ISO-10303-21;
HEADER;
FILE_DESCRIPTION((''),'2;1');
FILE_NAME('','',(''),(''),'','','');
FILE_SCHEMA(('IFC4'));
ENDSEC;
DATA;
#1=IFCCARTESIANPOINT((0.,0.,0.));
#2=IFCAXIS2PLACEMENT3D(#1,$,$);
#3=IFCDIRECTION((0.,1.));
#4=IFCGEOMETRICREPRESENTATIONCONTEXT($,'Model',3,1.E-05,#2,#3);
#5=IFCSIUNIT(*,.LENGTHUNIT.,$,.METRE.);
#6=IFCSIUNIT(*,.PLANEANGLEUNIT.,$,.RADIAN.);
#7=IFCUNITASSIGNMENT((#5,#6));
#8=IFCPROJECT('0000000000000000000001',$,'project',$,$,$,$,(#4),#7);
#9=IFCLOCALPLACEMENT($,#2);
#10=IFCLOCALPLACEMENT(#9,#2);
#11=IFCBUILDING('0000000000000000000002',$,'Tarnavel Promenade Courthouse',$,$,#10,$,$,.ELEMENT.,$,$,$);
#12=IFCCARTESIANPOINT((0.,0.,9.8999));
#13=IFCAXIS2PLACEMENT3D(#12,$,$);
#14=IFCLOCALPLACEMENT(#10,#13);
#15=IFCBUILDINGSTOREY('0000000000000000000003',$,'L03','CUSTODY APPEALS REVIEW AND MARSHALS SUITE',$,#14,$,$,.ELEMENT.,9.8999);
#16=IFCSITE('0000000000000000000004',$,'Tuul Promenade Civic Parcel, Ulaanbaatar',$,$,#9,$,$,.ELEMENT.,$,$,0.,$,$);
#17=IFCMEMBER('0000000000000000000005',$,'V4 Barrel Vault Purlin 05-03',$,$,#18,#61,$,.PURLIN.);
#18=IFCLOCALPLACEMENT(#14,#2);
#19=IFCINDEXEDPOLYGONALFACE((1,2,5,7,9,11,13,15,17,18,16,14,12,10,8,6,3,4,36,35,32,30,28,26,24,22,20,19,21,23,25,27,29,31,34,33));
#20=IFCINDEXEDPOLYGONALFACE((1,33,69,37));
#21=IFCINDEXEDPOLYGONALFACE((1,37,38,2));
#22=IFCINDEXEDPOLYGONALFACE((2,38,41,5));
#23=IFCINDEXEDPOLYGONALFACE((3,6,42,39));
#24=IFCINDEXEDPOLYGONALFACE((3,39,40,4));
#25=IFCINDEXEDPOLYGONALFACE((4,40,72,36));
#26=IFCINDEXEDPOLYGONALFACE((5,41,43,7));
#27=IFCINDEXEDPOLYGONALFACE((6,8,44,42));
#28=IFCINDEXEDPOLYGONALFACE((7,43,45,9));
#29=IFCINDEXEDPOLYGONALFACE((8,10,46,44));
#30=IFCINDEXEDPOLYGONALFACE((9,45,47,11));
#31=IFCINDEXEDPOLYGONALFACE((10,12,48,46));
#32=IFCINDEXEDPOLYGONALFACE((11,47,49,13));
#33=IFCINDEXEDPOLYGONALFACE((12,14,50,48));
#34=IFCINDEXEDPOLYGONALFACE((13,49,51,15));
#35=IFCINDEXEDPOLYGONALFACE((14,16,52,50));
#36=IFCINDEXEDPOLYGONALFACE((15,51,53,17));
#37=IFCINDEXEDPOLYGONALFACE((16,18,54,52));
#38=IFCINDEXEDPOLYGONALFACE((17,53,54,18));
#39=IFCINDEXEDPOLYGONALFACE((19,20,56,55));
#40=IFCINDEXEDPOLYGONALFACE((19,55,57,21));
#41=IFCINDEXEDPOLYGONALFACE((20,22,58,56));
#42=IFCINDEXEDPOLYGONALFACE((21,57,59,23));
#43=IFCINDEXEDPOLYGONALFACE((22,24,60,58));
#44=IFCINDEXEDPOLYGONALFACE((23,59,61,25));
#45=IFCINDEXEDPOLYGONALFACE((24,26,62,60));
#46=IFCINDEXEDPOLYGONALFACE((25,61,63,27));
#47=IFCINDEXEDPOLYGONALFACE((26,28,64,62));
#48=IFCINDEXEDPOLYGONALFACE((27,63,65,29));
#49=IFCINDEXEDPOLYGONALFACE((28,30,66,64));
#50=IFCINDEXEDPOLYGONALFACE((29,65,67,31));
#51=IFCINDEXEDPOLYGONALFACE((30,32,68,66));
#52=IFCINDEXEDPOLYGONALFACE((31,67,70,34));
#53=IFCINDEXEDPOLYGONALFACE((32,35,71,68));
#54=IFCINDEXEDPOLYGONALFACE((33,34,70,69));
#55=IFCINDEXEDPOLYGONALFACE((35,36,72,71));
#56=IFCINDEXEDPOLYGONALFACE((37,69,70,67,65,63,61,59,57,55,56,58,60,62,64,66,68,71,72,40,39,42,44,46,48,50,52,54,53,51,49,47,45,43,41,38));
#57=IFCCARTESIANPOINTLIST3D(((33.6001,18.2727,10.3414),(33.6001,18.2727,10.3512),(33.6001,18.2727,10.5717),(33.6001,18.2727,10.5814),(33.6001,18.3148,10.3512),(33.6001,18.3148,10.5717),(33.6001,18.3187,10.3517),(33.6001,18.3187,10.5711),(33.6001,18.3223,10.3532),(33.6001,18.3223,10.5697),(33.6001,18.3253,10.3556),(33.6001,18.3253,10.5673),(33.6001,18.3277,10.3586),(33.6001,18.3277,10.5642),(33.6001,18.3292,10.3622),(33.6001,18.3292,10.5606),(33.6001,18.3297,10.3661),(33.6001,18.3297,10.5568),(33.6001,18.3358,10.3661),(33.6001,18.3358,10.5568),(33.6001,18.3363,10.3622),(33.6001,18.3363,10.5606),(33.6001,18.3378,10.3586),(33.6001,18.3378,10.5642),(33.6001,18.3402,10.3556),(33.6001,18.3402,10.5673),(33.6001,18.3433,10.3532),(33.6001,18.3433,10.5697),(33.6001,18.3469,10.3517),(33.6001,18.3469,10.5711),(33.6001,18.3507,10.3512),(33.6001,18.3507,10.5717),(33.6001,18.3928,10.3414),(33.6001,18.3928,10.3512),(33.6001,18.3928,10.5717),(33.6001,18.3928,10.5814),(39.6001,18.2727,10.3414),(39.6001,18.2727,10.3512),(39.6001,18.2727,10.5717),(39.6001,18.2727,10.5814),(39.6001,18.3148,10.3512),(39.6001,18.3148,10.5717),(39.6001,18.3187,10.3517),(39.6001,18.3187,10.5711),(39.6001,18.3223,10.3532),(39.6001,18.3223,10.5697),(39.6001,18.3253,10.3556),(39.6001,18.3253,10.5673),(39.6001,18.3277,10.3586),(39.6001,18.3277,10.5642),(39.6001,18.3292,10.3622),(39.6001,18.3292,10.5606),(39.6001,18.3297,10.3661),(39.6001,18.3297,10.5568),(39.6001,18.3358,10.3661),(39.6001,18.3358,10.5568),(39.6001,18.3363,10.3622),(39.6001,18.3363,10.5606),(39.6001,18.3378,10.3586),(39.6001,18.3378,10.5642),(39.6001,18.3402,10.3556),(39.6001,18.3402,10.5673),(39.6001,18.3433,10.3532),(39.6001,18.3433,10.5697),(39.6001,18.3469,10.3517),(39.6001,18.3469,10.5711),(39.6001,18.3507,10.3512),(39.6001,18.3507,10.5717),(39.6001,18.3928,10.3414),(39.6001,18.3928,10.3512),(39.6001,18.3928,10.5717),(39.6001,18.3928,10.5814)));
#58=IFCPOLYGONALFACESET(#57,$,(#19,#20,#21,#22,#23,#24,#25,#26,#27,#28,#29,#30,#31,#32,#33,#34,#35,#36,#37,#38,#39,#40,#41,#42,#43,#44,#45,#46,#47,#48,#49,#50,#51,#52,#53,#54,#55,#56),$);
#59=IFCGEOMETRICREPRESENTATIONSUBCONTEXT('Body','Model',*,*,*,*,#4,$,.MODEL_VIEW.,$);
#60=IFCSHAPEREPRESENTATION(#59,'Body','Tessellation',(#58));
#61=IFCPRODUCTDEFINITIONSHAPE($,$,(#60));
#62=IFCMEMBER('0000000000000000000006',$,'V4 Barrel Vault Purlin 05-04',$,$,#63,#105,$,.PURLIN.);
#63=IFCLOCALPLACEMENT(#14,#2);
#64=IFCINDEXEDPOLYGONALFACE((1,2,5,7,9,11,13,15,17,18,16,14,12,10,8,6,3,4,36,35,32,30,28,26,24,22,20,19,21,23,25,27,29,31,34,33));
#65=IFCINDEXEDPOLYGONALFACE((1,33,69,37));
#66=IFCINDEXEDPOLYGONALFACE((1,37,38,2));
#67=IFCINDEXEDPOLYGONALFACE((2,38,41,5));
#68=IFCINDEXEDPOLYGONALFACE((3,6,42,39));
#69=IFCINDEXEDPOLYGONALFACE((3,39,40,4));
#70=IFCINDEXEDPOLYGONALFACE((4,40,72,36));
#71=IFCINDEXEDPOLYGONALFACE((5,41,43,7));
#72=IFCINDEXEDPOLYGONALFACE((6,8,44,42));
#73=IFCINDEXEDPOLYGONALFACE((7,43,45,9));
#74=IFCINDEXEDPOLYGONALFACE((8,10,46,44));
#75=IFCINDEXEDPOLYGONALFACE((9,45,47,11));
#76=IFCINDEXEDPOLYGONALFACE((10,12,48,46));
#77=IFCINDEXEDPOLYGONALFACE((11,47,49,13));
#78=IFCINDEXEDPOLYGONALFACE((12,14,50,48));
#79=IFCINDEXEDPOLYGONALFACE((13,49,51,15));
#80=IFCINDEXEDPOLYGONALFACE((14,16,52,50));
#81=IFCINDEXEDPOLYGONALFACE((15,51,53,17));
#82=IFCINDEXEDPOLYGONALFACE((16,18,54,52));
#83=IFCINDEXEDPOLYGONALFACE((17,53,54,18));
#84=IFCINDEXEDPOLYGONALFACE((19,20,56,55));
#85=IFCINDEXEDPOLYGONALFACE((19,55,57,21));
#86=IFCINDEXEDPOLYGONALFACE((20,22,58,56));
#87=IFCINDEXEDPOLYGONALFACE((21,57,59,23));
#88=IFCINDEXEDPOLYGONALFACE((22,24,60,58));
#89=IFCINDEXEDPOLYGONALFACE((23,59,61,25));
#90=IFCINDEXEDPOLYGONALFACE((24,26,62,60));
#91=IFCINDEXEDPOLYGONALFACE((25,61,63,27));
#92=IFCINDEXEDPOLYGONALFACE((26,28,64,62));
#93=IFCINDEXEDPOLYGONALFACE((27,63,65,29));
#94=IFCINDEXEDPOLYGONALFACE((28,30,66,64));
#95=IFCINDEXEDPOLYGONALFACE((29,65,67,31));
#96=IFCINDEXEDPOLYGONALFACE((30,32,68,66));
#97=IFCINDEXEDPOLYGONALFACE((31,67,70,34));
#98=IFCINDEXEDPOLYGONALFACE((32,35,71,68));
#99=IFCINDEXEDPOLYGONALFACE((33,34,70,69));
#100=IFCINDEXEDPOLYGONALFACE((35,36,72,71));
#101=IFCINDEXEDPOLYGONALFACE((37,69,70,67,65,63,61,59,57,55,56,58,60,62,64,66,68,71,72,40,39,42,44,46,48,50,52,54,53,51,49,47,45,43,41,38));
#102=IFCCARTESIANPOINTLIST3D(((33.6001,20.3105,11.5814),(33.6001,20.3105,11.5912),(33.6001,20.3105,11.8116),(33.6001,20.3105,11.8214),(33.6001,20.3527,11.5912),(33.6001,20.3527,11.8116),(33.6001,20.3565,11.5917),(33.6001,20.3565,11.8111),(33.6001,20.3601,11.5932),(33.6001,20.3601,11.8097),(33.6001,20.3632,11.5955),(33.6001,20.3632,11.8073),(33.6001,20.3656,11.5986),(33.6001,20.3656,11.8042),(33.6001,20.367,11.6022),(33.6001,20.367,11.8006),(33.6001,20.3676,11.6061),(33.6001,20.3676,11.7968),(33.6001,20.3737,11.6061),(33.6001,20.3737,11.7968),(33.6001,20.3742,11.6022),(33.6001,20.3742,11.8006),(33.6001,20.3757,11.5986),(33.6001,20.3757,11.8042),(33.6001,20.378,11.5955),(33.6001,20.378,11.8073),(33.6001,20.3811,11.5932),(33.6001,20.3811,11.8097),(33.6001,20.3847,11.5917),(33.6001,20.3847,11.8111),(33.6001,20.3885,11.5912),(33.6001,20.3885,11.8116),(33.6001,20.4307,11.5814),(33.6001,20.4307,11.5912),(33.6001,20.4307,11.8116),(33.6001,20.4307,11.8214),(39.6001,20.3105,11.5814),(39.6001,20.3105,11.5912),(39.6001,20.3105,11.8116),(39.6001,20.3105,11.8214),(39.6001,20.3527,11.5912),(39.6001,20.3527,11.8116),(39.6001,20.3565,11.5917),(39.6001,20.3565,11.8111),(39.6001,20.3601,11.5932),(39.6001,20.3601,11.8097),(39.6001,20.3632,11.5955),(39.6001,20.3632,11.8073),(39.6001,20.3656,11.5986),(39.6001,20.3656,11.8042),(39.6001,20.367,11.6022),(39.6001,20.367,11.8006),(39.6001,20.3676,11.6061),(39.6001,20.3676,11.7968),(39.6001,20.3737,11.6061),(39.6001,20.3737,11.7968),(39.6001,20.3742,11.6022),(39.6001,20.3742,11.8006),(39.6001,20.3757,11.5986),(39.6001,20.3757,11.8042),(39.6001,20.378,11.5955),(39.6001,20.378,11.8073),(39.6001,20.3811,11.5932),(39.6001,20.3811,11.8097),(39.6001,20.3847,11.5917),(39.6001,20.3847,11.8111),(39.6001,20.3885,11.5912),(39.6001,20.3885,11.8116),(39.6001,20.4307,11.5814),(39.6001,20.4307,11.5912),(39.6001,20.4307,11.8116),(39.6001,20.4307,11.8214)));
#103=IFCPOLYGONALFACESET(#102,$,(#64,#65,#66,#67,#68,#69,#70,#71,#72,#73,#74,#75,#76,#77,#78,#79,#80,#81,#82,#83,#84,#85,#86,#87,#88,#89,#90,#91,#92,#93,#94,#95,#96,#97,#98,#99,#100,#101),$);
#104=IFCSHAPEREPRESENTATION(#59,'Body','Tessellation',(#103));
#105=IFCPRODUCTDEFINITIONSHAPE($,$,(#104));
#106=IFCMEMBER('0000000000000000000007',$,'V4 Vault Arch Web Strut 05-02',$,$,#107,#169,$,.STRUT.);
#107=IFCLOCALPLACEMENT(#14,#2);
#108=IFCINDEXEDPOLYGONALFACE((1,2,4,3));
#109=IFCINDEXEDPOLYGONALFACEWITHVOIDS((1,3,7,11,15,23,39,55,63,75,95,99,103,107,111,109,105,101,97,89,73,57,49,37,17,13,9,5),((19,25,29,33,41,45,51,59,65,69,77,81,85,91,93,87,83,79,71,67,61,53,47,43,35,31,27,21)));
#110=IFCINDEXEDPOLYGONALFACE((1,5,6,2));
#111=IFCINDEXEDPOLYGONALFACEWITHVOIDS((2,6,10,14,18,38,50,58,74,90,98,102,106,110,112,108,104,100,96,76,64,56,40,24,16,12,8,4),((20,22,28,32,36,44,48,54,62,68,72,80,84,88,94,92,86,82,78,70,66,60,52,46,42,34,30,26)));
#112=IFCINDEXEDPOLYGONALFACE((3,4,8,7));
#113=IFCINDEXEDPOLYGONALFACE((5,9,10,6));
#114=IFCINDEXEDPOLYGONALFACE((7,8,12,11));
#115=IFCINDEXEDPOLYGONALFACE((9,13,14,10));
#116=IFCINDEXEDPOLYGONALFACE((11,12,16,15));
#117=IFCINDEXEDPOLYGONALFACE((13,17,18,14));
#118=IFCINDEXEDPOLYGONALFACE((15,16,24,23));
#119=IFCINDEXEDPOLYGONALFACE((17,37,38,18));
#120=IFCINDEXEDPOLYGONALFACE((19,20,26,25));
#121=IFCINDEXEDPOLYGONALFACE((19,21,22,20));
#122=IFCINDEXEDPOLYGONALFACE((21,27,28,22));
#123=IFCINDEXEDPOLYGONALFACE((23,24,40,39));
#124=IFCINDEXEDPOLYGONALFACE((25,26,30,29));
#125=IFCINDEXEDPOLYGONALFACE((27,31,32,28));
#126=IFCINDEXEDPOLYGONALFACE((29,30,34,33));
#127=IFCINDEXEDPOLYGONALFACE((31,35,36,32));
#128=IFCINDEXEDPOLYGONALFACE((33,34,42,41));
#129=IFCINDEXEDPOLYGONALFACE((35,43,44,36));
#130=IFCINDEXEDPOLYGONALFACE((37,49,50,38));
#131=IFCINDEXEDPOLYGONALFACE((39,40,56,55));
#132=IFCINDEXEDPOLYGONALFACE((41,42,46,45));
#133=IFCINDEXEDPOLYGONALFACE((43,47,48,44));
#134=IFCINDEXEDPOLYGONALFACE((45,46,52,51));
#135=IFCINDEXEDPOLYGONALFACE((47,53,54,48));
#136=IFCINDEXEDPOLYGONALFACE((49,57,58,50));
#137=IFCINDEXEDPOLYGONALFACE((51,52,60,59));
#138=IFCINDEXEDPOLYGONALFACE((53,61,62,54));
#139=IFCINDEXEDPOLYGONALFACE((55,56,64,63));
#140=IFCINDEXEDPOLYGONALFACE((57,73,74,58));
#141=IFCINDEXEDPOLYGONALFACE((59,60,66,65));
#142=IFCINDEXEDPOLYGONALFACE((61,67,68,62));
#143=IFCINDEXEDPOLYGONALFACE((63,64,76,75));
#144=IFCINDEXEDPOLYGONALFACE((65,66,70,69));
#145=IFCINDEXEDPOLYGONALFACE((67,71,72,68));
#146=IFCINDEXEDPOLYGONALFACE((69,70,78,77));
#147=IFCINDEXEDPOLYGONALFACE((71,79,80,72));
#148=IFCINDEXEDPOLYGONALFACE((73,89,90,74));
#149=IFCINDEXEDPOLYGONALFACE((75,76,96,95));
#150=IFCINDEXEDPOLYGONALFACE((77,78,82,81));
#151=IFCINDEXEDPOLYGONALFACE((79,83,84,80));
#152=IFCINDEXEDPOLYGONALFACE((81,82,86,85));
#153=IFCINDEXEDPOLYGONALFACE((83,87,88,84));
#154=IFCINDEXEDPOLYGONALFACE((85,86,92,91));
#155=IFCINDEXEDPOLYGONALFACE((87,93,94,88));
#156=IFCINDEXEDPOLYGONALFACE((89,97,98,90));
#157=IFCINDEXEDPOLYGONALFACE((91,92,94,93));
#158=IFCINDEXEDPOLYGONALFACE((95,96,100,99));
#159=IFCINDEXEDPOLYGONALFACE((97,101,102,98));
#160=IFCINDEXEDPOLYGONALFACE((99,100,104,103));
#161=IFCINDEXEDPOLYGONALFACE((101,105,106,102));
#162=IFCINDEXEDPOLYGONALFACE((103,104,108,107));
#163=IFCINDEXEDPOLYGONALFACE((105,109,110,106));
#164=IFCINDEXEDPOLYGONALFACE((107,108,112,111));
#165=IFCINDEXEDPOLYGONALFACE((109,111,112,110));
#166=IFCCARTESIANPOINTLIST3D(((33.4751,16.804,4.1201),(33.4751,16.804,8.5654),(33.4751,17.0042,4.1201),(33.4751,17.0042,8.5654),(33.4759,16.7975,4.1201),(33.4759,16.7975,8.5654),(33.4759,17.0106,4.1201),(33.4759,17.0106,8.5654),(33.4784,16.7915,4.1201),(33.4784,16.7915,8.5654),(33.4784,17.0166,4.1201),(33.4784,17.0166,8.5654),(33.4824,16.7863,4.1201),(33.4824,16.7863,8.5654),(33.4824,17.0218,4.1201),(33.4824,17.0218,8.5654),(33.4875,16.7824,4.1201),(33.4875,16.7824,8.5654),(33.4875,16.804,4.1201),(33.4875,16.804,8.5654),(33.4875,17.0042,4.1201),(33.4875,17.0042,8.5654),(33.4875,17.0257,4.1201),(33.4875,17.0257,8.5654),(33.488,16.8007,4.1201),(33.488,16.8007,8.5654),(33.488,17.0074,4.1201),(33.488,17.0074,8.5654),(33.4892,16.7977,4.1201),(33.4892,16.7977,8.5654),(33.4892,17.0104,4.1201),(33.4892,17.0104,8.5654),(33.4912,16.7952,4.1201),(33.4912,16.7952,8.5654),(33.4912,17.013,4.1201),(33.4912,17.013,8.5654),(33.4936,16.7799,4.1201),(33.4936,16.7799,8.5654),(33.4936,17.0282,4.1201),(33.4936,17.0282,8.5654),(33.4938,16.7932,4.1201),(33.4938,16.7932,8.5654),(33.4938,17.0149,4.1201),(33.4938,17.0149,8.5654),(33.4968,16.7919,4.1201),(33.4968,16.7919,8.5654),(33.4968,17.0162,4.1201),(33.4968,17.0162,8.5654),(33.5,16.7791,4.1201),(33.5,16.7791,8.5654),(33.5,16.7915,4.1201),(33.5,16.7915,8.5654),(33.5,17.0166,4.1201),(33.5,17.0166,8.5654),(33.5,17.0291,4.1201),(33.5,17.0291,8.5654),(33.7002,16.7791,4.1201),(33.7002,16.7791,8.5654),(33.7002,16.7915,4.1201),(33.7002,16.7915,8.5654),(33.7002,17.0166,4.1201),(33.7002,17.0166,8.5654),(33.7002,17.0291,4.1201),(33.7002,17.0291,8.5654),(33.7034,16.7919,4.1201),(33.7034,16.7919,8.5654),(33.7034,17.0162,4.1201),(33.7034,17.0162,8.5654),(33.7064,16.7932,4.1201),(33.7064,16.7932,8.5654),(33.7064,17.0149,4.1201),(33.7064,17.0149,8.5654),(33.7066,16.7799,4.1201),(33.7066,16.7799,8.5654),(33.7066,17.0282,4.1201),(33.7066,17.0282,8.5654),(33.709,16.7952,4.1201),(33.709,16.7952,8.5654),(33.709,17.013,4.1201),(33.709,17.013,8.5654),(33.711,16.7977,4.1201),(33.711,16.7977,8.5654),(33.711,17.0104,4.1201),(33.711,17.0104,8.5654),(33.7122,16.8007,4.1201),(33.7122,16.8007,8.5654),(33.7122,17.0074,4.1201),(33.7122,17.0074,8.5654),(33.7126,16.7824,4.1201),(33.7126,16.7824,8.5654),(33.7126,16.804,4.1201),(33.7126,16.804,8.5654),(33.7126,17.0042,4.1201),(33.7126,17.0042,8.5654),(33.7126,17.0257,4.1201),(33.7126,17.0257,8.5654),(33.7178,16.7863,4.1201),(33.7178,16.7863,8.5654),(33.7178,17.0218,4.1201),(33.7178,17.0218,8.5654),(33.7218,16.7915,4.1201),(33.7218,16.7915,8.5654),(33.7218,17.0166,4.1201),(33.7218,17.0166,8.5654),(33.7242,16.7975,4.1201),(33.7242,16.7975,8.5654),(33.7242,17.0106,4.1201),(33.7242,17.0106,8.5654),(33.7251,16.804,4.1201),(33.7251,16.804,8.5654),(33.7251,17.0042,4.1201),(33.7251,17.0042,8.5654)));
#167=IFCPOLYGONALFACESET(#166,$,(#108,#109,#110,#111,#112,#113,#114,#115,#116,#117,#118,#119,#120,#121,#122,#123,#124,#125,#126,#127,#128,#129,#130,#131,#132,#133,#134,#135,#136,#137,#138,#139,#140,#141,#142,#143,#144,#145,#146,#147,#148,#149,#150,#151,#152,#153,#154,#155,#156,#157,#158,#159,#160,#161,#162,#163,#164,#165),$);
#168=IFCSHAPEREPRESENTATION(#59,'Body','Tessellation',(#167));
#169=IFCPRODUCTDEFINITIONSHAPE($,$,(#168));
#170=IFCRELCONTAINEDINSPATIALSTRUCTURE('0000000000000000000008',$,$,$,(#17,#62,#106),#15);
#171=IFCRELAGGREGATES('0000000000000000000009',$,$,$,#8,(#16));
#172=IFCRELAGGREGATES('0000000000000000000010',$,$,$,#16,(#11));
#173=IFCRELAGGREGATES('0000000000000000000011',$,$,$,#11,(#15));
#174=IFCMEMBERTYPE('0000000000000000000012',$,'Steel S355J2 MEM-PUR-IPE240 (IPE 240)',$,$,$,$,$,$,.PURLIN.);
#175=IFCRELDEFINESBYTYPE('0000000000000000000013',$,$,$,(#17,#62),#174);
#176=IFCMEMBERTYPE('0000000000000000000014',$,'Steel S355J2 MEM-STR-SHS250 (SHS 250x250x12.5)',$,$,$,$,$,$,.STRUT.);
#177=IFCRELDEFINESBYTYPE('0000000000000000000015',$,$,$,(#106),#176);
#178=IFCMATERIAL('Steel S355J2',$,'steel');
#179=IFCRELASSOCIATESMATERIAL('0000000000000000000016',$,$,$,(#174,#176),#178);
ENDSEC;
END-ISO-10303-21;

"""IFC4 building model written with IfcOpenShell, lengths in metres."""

from ifc_helpers import new_model, si_unit, direction, frame, origin, origin_2d, place, context, subcontext, project, spatial, hollow_rectangle, i_section, extrude, material, material_profile, profile_set, type_object, element, save


model = new_model("IFC4")

# Units and contexts
model_context = context("Model", 3, precision=1e-05, world=origin(), true_north=direction((0.0, 1.0)))
body_context = subcontext(model_context, "Body", "Model", "MODEL_VIEW")
ifc_project = project(units=[si_unit("LENGTHUNIT", "METRE"), si_unit("PLANEANGLEUNIT", "RADIAN")], contexts=[model_context])

# Site, building, storey
site_placement = place(None, origin())
site = spatial("IfcSite", under=ifc_project, at=site_placement, Name="Tuul Promenade Civic Parcel, Ulaanbaatar", CompositionType="ELEMENT", RefElevation=0.0)
building_placement = place(site_placement, origin())
building = spatial("IfcBuilding", under=site, at=building_placement, Name="Tarnavel Promenade Courthouse", CompositionType="ELEMENT")
storey_placement = place(building_placement, frame((0.0, 0.0, 9.8999)))
storey = spatial("IfcBuildingStorey", under=building, at=storey_placement, Name="L03", Description="CUSTODY APPEALS REVIEW AND MARSHALS SUITE", CompositionType="ELEMENT", Elevation=9.8999)

# Shared definitions
ifc_material_1 = material(Name="Steel S355J2", Category="steel")

# Members
ifc_material_profile_1 = material_profile(ifc_material_1, i_section(OverallWidth=0.1201, OverallDepth=0.24, WebThickness=0.0061, FlangeThickness=0.0098, FilletRadius=0.0149, at=origin_2d()), Name="IPE 240")
ifc_profile_set_1 = profile_set([ifc_material_profile_1], Name="Steel S355J2")
member_type_1 = type_object("IfcMemberType", Name="Steel S355J2 MEM-PUR-IPE240 (IPE 240)", PredefinedType="PURLIN", material=ifc_profile_set_1)
for number, where, z_axis, x_axis, name in (
    (1, (33.6001, 18.3328, 10.4614), (1.0, 0.0, 0.0), (0.0, 1.0, 0.0), "V4 Barrel Vault Purlin 05-03"),
    (2, (33.6001, 20.3706, 11.7014), (1.0, 0.0, 0.0), (0.0, 1.0, 0.0), "V4 Barrel Vault Purlin 05-04"),
):
    element("IfcMember", number, at=place(storey_placement, frame(where, z_axis=z_axis, x_axis=x_axis)), inside=storey, type_object=member_type_1, Name=name, PredefinedType="PURLIN", context=body_context, shape_type="SweptSolid", body=[
        extrude(i_section(OverallWidth=0.1201, OverallDepth=0.24, WebThickness=0.0061, FlangeThickness=0.0098, FilletRadius=0.0149, at=origin_2d()), origin(), (0.0, 0.0, 1.0), 6.0),
    ])
ifc_material_profile_2 = material_profile(ifc_material_1, hollow_rectangle(XDim=0.25, YDim=0.25, WallThickness=0.0125, InnerFilletRadius=0.0125, OuterFilletRadius=0.0249, at=origin_2d()), Name="SHS 250x250x12.5")
ifc_profile_set_2 = profile_set([ifc_material_profile_2], Name="Steel S355J2")
member_type_2 = type_object("IfcMemberType", Name="Steel S355J2 MEM-STR-SHS250 (SHS 250x250x12.5)", PredefinedType="STRUT", material=ifc_profile_set_2)
member_1_placement = place(storey_placement, frame((33.6001, 16.9041, 4.1201), z_axis=(0.0, 0.0, 1.0), x_axis=(1.0, 0.0, 0.0)))
element("IfcMember", 3, at=member_1_placement, inside=storey, type_object=member_type_2, Name="V4 Vault Arch Web Strut 05-02", PredefinedType="STRUT", context=body_context, shape_type="SweptSolid", body=[
    extrude(hollow_rectangle(XDim=0.25, YDim=0.25, WallThickness=0.0125, InnerFilletRadius=0.0125, OuterFilletRadius=0.0249, at=origin_2d()), origin(), (0.0, 0.0, 1.0), 4.4453),
])

save(model, "model.ifc")
